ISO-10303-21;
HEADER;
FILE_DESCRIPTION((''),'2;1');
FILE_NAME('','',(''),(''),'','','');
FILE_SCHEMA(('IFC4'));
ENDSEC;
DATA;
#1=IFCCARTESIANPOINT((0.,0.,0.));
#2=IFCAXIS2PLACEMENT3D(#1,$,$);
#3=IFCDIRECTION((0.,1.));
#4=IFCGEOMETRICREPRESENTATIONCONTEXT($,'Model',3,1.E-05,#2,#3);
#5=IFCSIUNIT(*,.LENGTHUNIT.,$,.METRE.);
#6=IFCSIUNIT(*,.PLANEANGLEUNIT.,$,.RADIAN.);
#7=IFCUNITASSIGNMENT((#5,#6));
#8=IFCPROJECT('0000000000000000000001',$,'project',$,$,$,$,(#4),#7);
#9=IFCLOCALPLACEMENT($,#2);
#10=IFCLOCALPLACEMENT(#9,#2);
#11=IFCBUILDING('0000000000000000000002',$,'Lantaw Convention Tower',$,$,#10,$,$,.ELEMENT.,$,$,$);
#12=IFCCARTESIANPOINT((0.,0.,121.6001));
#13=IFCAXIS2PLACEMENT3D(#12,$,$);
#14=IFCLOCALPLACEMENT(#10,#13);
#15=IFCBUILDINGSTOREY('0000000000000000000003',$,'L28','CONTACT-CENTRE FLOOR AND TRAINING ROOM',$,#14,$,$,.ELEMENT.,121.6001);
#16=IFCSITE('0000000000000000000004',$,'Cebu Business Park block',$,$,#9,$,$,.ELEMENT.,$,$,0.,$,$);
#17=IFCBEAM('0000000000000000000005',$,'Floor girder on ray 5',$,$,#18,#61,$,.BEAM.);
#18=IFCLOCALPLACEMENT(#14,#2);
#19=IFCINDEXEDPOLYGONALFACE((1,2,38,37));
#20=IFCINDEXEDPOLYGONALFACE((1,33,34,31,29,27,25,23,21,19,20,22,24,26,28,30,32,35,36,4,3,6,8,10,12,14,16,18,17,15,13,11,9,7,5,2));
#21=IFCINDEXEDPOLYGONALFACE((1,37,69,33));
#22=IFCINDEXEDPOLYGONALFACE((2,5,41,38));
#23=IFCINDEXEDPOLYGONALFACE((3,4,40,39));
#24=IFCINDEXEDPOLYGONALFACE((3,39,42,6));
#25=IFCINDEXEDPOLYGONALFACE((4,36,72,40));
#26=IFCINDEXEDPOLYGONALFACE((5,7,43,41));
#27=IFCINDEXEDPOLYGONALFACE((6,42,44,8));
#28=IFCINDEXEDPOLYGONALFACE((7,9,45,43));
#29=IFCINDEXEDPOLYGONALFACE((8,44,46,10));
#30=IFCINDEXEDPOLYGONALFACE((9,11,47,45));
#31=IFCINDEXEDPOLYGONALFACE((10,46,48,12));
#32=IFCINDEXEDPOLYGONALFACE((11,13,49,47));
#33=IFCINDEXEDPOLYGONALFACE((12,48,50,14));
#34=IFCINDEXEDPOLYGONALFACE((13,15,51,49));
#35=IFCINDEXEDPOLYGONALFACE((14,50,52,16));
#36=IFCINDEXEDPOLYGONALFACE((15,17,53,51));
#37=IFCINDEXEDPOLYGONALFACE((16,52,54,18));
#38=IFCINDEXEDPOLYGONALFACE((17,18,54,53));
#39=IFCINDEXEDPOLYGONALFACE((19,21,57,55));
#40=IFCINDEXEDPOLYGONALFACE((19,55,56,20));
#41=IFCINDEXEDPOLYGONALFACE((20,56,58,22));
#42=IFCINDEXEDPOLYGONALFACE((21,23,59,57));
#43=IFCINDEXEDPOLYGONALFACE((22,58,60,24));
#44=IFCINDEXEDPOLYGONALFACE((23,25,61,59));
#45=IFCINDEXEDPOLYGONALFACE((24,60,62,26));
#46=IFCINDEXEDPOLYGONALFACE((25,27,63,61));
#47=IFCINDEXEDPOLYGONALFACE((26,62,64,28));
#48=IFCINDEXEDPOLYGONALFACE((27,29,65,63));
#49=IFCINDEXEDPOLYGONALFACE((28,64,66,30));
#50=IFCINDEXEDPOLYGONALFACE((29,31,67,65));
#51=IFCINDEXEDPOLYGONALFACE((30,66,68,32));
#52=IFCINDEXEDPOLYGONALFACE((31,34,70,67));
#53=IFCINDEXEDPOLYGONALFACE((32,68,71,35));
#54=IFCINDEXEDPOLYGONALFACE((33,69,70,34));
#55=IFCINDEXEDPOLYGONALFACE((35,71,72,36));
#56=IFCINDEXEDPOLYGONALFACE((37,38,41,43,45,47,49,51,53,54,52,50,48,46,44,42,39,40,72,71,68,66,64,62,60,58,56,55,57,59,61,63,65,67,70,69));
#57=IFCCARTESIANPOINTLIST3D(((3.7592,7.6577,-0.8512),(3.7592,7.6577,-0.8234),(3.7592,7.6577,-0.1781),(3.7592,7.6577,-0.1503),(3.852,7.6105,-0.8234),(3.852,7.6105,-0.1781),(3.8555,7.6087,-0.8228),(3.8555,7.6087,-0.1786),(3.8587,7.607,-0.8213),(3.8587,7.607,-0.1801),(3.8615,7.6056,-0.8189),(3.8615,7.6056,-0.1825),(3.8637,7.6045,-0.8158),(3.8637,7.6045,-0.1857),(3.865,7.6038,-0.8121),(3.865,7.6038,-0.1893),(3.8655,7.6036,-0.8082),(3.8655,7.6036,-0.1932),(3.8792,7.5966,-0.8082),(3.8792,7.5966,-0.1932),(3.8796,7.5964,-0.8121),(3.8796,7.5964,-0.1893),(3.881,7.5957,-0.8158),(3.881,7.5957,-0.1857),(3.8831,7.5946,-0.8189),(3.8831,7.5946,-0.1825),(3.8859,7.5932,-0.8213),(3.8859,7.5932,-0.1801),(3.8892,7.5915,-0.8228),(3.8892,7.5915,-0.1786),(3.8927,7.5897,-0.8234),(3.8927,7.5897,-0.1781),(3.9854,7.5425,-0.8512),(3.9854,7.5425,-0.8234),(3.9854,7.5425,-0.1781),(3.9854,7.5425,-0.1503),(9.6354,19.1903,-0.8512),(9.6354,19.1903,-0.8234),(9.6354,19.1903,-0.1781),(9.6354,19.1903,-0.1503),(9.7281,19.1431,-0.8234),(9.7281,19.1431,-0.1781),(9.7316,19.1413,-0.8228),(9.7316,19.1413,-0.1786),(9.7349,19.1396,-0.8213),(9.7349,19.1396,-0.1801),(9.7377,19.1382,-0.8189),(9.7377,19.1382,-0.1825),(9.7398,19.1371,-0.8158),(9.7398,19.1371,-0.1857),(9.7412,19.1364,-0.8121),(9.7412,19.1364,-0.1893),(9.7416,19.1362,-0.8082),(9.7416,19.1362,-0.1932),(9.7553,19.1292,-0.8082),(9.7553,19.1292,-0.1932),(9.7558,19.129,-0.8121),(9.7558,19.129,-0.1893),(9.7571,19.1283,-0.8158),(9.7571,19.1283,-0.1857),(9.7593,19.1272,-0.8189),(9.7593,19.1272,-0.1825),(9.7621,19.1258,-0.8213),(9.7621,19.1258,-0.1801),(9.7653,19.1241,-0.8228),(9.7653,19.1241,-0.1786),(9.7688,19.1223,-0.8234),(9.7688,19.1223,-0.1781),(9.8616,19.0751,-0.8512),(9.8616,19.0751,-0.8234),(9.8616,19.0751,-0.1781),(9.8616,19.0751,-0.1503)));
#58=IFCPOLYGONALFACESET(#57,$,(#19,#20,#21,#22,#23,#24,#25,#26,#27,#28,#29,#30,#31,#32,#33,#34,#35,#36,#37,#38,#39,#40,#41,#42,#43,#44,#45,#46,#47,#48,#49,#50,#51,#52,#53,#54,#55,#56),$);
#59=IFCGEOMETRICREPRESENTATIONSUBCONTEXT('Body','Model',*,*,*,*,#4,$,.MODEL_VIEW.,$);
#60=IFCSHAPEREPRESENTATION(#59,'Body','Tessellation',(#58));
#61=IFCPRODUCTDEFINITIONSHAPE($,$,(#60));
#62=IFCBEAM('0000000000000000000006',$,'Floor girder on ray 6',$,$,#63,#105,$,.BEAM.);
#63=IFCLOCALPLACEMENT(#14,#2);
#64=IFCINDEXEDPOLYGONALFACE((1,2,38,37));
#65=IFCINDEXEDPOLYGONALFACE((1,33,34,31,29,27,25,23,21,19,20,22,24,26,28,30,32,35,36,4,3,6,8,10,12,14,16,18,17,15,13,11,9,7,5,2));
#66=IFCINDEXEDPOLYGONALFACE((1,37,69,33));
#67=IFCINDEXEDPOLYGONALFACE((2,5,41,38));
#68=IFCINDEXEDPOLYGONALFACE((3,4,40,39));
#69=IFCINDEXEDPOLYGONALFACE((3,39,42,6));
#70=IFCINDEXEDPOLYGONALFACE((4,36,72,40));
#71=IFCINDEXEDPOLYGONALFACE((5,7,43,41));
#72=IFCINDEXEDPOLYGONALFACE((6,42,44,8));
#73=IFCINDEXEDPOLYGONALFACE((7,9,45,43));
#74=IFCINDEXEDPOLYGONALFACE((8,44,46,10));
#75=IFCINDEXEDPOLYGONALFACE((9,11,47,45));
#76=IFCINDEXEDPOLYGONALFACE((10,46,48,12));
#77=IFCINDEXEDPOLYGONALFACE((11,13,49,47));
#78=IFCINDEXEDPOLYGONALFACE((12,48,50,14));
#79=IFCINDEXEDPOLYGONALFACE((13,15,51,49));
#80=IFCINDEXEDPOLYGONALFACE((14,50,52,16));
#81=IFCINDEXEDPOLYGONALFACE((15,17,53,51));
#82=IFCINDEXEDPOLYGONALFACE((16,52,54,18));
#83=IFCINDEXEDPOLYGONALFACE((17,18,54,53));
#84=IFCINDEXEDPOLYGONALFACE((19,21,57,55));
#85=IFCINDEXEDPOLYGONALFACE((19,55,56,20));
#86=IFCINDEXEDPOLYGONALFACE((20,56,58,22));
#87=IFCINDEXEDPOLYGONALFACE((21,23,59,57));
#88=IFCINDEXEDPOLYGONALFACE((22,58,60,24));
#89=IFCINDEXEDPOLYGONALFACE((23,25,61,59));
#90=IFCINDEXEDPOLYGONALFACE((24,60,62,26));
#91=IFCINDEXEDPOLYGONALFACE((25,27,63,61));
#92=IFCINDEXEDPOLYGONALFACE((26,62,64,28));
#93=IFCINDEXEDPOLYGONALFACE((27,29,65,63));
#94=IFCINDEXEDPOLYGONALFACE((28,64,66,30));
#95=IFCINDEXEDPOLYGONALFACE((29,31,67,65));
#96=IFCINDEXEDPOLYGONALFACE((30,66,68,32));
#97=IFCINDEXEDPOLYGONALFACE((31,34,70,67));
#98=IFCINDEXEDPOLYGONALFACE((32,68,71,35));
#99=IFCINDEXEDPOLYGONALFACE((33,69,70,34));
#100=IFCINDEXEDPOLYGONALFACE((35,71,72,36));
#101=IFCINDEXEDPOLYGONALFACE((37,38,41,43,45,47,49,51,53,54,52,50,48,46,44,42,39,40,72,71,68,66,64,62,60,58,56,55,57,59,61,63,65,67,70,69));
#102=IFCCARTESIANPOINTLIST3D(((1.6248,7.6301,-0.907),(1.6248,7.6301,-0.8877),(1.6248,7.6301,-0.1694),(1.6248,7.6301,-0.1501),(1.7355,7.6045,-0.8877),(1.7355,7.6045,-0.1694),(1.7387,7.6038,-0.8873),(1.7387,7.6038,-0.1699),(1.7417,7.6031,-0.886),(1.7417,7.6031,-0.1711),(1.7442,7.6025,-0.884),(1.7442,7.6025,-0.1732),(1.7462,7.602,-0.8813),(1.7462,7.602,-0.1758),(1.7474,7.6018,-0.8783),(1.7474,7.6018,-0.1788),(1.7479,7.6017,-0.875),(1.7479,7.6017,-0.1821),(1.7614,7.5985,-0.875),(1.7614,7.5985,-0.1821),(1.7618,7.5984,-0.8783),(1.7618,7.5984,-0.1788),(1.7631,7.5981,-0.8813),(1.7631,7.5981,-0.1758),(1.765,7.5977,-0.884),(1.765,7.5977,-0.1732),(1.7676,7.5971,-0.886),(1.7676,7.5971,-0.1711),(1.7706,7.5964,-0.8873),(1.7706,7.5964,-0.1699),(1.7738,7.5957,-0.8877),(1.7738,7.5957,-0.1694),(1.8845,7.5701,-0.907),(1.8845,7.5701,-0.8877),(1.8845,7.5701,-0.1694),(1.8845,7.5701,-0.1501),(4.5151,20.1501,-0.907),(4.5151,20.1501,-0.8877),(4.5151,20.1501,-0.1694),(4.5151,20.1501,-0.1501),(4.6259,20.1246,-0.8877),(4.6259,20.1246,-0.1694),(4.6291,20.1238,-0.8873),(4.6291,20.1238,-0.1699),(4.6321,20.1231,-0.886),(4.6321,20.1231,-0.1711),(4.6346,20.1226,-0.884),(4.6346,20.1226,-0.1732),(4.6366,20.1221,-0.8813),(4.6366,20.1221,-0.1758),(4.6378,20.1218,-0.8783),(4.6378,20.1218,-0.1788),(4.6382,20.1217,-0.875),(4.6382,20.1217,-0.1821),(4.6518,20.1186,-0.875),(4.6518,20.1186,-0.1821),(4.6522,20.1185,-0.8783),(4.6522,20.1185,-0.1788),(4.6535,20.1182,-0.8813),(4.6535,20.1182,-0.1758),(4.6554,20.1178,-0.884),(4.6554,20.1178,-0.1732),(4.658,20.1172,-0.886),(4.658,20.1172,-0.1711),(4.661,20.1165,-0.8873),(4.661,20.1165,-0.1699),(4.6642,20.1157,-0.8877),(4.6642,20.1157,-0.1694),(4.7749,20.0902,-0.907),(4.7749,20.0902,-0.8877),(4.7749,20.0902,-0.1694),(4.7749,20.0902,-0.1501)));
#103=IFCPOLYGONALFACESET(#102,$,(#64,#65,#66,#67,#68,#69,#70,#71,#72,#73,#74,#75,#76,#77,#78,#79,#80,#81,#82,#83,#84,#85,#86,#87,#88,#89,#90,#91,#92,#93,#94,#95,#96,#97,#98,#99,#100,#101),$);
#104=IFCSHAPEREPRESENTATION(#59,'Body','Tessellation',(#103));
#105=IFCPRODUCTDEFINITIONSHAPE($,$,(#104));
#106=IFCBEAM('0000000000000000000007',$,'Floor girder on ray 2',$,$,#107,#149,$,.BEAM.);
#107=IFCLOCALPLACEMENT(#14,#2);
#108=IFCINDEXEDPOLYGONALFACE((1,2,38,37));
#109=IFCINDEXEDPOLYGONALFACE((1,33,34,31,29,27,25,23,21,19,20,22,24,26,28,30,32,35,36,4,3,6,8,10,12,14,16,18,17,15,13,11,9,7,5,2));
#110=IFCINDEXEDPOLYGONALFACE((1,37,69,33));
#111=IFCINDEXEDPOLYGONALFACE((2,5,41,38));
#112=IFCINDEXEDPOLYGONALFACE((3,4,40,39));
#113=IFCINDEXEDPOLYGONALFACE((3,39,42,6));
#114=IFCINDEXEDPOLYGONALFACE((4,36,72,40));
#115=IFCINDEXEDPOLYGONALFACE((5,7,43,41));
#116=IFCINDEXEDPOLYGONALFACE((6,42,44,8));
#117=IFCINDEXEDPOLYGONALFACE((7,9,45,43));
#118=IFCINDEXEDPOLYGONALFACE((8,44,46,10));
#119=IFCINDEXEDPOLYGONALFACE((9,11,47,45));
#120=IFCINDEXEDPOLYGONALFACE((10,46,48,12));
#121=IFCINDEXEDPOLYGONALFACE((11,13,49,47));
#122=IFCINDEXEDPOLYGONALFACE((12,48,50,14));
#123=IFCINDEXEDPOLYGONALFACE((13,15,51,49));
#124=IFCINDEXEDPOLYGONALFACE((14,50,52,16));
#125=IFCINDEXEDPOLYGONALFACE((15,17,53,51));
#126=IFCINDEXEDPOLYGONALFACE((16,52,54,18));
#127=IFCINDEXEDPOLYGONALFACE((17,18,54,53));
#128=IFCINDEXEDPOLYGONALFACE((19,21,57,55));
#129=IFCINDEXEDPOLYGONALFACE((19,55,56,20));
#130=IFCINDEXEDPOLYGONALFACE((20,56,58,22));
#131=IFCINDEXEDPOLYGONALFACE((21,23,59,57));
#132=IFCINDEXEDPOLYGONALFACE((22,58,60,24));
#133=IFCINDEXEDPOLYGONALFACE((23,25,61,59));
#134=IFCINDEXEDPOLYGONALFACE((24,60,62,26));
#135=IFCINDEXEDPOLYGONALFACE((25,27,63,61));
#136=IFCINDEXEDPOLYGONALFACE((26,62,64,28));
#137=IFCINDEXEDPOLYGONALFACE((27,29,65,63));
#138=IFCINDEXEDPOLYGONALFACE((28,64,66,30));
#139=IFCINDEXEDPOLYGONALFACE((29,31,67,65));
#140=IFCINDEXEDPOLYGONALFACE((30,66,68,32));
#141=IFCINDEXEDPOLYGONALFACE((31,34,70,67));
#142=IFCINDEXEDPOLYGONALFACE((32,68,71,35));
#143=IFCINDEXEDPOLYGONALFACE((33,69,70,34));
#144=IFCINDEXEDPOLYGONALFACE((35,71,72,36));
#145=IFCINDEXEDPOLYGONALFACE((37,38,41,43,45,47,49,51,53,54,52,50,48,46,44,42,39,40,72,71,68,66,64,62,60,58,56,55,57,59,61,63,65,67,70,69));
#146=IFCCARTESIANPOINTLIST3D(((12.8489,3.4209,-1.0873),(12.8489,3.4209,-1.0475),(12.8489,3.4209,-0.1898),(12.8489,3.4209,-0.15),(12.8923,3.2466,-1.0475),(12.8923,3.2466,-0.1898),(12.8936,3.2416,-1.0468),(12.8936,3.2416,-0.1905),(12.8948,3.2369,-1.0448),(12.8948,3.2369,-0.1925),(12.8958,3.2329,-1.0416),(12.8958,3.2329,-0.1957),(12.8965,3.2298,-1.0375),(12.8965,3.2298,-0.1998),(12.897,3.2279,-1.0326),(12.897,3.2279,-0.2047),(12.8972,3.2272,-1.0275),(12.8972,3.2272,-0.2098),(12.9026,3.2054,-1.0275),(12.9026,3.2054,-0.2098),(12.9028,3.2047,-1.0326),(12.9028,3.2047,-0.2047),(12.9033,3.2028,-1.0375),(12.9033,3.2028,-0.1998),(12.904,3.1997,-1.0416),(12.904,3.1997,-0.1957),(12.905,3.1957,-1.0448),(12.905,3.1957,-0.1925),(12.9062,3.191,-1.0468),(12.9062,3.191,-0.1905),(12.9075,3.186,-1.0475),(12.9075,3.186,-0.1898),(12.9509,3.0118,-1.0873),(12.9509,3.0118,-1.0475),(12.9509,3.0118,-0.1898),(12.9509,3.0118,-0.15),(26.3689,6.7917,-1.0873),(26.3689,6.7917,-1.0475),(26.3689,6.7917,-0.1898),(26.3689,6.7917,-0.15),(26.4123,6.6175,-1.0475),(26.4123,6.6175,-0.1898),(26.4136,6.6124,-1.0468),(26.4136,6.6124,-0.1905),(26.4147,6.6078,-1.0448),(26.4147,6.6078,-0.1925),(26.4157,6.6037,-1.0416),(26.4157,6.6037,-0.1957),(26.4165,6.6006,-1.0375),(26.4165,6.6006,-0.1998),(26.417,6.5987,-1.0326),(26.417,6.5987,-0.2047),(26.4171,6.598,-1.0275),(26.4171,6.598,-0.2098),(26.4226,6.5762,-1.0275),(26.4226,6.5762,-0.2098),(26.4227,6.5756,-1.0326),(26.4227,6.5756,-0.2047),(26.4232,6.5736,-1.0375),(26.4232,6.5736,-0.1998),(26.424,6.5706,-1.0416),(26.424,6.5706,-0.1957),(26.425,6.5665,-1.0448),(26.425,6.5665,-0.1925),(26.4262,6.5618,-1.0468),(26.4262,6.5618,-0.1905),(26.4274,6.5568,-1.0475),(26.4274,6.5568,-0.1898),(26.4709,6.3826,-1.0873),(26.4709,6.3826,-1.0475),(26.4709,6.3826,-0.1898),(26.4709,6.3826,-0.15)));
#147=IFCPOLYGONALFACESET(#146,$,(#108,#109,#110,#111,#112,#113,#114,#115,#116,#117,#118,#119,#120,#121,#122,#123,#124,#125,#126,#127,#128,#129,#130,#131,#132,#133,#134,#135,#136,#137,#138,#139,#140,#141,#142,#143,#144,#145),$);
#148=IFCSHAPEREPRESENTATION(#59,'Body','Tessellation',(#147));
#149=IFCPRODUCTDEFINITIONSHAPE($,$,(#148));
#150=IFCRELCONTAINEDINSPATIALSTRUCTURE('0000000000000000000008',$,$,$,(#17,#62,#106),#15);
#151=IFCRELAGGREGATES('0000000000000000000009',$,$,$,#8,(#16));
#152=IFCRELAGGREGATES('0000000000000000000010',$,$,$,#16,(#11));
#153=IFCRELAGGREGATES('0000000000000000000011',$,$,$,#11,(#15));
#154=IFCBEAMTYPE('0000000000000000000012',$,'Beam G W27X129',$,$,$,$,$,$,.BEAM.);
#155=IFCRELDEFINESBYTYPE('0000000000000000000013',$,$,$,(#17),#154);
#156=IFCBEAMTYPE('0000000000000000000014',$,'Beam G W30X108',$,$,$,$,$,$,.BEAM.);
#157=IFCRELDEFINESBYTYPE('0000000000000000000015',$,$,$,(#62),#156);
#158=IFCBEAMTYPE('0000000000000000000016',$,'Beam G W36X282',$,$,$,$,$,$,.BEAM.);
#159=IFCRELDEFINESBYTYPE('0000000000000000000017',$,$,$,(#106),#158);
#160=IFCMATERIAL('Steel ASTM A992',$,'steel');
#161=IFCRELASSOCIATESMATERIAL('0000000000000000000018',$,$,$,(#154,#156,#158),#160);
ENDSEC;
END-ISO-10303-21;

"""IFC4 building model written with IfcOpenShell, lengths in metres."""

from ifc_helpers import new_model, si_unit, direction, frame, origin, origin_2d, place, context, subcontext, project, spatial, i_section, extrude, material, material_profile, profile_set, type_object, element, save


model = new_model("IFC4")

# Units and contexts
model_context = context("Model", 3, precision=1e-05, world=origin(), true_north=direction((0.0, 1.0)))
body_context = subcontext(model_context, "Body", "Model", "MODEL_VIEW")
ifc_project = project(units=[si_unit("LENGTHUNIT", "METRE"), si_unit("PLANEANGLEUNIT", "RADIAN")], contexts=[model_context])

# Site, building, storey
site_placement = place(None, origin())
site = spatial("IfcSite", under=ifc_project, at=site_placement, Name="Cebu Business Park block", CompositionType="ELEMENT", RefElevation=0.0)
building_placement = place(site_placement, origin())
building = spatial("IfcBuilding", under=site, at=building_placement, Name="Lantaw Convention Tower", CompositionType="ELEMENT")
storey_placement = place(building_placement, frame((0.0, 0.0, 121.6001)))
storey = spatial("IfcBuildingStorey", under=building, at=storey_placement, Name="L28", Description="CONTACT-CENTRE FLOOR AND TRAINING ROOM", CompositionType="ELEMENT", Elevation=121.6001)

# Beams
ifc_material_1 = material(Name="Steel ASTM A992", Category="steel")
ifc_material_profile_1 = material_profile(ifc_material_1, i_section(OverallWidth=0.2539, OverallDepth=0.7009, WebThickness=0.0154, FlangeThickness=0.0278, FilletRadius=0.0151, at=origin_2d()), Name="W27X129")
ifc_profile_set_1 = profile_set([ifc_material_profile_1], Name="Steel ASTM A992")
beam_type_1 = type_object("IfcBeamType", Name="Beam G W27X129", PredefinedType="BEAM", material=ifc_profile_set_1)
beam_1_placement = place(storey_placement, frame((3.8723, 7.6001, -0.5007), z_axis=(0.453991, 0.891006, 0.0), x_axis=(-0.891006, 0.453991, 0.0)))
element("IfcBeam", 1, at=beam_1_placement, inside=storey, type_object=beam_type_1, Name="Floor girder on ray 5", PredefinedType="BEAM", context=body_context, shape_type="SweptSolid", body=[
    extrude(i_section(OverallWidth=0.2539, OverallDepth=0.7009, WebThickness=0.0154, FlangeThickness=0.0278, FilletRadius=0.0151, at=origin_2d()), origin(), (0.0, 0.0, 1.0), 12.9434),
])
ifc_material_profile_2 = material_profile(ifc_material_1, i_section(OverallWidth=0.2666, OverallDepth=0.7568, WebThickness=0.0139, FlangeThickness=0.0193, FilletRadius=0.0127, at=origin_2d()), Name="W30X108")
ifc_profile_set_2 = profile_set([ifc_material_profile_2], Name="Steel ASTM A992")
beam_type_2 = type_object("IfcBeamType", Name="Beam G W30X108", PredefinedType="BEAM", material=ifc_profile_set_2)
beam_2_placement = place(storey_placement, frame((1.7546, 7.6001, -0.5286), z_axis=(0.224944, 0.974372, 0.0), x_axis=(-0.974372, 0.224944, 0.0)))
element("IfcBeam", 2, at=beam_2_placement, inside=storey, type_object=beam_type_2, Name="Floor girder on ray 6", PredefinedType="BEAM", context=body_context, shape_type="SweptSolid", body=[
    extrude(i_section(OverallWidth=0.2666, OverallDepth=0.7568, WebThickness=0.0139, FlangeThickness=0.0193, FilletRadius=0.0127, at=origin_2d()), origin(), (0.0, 0.0, 1.0), 12.8494),
])
ifc_material_profile_3 = material_profile(ifc_material_1, i_section(OverallWidth=0.4216, OverallDepth=0.9373, WebThickness=0.0225, FlangeThickness=0.0398, FilletRadius=0.02, at=origin_2d()), Name="W36X282")
ifc_profile_set_3 = profile_set([ifc_material_profile_3], Name="Steel ASTM A992")
beam_type_3 = type_object("IfcBeamType", Name="Beam G W36X282", PredefinedType="BEAM", material=ifc_profile_set_3)
beam_3_placement = place(storey_placement, frame((12.8999, 3.2163, -0.6187), z_axis=(0.970297, 0.241917, 0.0), x_axis=(-0.241917, 0.970297, 0.0)))
element("IfcBeam", 3, at=beam_3_placement, inside=storey, type_object=beam_type_3, Name="Floor girder on ray 2", PredefinedType="BEAM", context=body_context, shape_type="SweptSolid", body=[
    extrude(i_section(OverallWidth=0.4216, OverallDepth=0.9373, WebThickness=0.0225, FlangeThickness=0.0398, FilletRadius=0.02, at=origin_2d()), origin(), (0.0, 0.0, 1.0), 13.9338),
])

save(model, "model.ifc")
